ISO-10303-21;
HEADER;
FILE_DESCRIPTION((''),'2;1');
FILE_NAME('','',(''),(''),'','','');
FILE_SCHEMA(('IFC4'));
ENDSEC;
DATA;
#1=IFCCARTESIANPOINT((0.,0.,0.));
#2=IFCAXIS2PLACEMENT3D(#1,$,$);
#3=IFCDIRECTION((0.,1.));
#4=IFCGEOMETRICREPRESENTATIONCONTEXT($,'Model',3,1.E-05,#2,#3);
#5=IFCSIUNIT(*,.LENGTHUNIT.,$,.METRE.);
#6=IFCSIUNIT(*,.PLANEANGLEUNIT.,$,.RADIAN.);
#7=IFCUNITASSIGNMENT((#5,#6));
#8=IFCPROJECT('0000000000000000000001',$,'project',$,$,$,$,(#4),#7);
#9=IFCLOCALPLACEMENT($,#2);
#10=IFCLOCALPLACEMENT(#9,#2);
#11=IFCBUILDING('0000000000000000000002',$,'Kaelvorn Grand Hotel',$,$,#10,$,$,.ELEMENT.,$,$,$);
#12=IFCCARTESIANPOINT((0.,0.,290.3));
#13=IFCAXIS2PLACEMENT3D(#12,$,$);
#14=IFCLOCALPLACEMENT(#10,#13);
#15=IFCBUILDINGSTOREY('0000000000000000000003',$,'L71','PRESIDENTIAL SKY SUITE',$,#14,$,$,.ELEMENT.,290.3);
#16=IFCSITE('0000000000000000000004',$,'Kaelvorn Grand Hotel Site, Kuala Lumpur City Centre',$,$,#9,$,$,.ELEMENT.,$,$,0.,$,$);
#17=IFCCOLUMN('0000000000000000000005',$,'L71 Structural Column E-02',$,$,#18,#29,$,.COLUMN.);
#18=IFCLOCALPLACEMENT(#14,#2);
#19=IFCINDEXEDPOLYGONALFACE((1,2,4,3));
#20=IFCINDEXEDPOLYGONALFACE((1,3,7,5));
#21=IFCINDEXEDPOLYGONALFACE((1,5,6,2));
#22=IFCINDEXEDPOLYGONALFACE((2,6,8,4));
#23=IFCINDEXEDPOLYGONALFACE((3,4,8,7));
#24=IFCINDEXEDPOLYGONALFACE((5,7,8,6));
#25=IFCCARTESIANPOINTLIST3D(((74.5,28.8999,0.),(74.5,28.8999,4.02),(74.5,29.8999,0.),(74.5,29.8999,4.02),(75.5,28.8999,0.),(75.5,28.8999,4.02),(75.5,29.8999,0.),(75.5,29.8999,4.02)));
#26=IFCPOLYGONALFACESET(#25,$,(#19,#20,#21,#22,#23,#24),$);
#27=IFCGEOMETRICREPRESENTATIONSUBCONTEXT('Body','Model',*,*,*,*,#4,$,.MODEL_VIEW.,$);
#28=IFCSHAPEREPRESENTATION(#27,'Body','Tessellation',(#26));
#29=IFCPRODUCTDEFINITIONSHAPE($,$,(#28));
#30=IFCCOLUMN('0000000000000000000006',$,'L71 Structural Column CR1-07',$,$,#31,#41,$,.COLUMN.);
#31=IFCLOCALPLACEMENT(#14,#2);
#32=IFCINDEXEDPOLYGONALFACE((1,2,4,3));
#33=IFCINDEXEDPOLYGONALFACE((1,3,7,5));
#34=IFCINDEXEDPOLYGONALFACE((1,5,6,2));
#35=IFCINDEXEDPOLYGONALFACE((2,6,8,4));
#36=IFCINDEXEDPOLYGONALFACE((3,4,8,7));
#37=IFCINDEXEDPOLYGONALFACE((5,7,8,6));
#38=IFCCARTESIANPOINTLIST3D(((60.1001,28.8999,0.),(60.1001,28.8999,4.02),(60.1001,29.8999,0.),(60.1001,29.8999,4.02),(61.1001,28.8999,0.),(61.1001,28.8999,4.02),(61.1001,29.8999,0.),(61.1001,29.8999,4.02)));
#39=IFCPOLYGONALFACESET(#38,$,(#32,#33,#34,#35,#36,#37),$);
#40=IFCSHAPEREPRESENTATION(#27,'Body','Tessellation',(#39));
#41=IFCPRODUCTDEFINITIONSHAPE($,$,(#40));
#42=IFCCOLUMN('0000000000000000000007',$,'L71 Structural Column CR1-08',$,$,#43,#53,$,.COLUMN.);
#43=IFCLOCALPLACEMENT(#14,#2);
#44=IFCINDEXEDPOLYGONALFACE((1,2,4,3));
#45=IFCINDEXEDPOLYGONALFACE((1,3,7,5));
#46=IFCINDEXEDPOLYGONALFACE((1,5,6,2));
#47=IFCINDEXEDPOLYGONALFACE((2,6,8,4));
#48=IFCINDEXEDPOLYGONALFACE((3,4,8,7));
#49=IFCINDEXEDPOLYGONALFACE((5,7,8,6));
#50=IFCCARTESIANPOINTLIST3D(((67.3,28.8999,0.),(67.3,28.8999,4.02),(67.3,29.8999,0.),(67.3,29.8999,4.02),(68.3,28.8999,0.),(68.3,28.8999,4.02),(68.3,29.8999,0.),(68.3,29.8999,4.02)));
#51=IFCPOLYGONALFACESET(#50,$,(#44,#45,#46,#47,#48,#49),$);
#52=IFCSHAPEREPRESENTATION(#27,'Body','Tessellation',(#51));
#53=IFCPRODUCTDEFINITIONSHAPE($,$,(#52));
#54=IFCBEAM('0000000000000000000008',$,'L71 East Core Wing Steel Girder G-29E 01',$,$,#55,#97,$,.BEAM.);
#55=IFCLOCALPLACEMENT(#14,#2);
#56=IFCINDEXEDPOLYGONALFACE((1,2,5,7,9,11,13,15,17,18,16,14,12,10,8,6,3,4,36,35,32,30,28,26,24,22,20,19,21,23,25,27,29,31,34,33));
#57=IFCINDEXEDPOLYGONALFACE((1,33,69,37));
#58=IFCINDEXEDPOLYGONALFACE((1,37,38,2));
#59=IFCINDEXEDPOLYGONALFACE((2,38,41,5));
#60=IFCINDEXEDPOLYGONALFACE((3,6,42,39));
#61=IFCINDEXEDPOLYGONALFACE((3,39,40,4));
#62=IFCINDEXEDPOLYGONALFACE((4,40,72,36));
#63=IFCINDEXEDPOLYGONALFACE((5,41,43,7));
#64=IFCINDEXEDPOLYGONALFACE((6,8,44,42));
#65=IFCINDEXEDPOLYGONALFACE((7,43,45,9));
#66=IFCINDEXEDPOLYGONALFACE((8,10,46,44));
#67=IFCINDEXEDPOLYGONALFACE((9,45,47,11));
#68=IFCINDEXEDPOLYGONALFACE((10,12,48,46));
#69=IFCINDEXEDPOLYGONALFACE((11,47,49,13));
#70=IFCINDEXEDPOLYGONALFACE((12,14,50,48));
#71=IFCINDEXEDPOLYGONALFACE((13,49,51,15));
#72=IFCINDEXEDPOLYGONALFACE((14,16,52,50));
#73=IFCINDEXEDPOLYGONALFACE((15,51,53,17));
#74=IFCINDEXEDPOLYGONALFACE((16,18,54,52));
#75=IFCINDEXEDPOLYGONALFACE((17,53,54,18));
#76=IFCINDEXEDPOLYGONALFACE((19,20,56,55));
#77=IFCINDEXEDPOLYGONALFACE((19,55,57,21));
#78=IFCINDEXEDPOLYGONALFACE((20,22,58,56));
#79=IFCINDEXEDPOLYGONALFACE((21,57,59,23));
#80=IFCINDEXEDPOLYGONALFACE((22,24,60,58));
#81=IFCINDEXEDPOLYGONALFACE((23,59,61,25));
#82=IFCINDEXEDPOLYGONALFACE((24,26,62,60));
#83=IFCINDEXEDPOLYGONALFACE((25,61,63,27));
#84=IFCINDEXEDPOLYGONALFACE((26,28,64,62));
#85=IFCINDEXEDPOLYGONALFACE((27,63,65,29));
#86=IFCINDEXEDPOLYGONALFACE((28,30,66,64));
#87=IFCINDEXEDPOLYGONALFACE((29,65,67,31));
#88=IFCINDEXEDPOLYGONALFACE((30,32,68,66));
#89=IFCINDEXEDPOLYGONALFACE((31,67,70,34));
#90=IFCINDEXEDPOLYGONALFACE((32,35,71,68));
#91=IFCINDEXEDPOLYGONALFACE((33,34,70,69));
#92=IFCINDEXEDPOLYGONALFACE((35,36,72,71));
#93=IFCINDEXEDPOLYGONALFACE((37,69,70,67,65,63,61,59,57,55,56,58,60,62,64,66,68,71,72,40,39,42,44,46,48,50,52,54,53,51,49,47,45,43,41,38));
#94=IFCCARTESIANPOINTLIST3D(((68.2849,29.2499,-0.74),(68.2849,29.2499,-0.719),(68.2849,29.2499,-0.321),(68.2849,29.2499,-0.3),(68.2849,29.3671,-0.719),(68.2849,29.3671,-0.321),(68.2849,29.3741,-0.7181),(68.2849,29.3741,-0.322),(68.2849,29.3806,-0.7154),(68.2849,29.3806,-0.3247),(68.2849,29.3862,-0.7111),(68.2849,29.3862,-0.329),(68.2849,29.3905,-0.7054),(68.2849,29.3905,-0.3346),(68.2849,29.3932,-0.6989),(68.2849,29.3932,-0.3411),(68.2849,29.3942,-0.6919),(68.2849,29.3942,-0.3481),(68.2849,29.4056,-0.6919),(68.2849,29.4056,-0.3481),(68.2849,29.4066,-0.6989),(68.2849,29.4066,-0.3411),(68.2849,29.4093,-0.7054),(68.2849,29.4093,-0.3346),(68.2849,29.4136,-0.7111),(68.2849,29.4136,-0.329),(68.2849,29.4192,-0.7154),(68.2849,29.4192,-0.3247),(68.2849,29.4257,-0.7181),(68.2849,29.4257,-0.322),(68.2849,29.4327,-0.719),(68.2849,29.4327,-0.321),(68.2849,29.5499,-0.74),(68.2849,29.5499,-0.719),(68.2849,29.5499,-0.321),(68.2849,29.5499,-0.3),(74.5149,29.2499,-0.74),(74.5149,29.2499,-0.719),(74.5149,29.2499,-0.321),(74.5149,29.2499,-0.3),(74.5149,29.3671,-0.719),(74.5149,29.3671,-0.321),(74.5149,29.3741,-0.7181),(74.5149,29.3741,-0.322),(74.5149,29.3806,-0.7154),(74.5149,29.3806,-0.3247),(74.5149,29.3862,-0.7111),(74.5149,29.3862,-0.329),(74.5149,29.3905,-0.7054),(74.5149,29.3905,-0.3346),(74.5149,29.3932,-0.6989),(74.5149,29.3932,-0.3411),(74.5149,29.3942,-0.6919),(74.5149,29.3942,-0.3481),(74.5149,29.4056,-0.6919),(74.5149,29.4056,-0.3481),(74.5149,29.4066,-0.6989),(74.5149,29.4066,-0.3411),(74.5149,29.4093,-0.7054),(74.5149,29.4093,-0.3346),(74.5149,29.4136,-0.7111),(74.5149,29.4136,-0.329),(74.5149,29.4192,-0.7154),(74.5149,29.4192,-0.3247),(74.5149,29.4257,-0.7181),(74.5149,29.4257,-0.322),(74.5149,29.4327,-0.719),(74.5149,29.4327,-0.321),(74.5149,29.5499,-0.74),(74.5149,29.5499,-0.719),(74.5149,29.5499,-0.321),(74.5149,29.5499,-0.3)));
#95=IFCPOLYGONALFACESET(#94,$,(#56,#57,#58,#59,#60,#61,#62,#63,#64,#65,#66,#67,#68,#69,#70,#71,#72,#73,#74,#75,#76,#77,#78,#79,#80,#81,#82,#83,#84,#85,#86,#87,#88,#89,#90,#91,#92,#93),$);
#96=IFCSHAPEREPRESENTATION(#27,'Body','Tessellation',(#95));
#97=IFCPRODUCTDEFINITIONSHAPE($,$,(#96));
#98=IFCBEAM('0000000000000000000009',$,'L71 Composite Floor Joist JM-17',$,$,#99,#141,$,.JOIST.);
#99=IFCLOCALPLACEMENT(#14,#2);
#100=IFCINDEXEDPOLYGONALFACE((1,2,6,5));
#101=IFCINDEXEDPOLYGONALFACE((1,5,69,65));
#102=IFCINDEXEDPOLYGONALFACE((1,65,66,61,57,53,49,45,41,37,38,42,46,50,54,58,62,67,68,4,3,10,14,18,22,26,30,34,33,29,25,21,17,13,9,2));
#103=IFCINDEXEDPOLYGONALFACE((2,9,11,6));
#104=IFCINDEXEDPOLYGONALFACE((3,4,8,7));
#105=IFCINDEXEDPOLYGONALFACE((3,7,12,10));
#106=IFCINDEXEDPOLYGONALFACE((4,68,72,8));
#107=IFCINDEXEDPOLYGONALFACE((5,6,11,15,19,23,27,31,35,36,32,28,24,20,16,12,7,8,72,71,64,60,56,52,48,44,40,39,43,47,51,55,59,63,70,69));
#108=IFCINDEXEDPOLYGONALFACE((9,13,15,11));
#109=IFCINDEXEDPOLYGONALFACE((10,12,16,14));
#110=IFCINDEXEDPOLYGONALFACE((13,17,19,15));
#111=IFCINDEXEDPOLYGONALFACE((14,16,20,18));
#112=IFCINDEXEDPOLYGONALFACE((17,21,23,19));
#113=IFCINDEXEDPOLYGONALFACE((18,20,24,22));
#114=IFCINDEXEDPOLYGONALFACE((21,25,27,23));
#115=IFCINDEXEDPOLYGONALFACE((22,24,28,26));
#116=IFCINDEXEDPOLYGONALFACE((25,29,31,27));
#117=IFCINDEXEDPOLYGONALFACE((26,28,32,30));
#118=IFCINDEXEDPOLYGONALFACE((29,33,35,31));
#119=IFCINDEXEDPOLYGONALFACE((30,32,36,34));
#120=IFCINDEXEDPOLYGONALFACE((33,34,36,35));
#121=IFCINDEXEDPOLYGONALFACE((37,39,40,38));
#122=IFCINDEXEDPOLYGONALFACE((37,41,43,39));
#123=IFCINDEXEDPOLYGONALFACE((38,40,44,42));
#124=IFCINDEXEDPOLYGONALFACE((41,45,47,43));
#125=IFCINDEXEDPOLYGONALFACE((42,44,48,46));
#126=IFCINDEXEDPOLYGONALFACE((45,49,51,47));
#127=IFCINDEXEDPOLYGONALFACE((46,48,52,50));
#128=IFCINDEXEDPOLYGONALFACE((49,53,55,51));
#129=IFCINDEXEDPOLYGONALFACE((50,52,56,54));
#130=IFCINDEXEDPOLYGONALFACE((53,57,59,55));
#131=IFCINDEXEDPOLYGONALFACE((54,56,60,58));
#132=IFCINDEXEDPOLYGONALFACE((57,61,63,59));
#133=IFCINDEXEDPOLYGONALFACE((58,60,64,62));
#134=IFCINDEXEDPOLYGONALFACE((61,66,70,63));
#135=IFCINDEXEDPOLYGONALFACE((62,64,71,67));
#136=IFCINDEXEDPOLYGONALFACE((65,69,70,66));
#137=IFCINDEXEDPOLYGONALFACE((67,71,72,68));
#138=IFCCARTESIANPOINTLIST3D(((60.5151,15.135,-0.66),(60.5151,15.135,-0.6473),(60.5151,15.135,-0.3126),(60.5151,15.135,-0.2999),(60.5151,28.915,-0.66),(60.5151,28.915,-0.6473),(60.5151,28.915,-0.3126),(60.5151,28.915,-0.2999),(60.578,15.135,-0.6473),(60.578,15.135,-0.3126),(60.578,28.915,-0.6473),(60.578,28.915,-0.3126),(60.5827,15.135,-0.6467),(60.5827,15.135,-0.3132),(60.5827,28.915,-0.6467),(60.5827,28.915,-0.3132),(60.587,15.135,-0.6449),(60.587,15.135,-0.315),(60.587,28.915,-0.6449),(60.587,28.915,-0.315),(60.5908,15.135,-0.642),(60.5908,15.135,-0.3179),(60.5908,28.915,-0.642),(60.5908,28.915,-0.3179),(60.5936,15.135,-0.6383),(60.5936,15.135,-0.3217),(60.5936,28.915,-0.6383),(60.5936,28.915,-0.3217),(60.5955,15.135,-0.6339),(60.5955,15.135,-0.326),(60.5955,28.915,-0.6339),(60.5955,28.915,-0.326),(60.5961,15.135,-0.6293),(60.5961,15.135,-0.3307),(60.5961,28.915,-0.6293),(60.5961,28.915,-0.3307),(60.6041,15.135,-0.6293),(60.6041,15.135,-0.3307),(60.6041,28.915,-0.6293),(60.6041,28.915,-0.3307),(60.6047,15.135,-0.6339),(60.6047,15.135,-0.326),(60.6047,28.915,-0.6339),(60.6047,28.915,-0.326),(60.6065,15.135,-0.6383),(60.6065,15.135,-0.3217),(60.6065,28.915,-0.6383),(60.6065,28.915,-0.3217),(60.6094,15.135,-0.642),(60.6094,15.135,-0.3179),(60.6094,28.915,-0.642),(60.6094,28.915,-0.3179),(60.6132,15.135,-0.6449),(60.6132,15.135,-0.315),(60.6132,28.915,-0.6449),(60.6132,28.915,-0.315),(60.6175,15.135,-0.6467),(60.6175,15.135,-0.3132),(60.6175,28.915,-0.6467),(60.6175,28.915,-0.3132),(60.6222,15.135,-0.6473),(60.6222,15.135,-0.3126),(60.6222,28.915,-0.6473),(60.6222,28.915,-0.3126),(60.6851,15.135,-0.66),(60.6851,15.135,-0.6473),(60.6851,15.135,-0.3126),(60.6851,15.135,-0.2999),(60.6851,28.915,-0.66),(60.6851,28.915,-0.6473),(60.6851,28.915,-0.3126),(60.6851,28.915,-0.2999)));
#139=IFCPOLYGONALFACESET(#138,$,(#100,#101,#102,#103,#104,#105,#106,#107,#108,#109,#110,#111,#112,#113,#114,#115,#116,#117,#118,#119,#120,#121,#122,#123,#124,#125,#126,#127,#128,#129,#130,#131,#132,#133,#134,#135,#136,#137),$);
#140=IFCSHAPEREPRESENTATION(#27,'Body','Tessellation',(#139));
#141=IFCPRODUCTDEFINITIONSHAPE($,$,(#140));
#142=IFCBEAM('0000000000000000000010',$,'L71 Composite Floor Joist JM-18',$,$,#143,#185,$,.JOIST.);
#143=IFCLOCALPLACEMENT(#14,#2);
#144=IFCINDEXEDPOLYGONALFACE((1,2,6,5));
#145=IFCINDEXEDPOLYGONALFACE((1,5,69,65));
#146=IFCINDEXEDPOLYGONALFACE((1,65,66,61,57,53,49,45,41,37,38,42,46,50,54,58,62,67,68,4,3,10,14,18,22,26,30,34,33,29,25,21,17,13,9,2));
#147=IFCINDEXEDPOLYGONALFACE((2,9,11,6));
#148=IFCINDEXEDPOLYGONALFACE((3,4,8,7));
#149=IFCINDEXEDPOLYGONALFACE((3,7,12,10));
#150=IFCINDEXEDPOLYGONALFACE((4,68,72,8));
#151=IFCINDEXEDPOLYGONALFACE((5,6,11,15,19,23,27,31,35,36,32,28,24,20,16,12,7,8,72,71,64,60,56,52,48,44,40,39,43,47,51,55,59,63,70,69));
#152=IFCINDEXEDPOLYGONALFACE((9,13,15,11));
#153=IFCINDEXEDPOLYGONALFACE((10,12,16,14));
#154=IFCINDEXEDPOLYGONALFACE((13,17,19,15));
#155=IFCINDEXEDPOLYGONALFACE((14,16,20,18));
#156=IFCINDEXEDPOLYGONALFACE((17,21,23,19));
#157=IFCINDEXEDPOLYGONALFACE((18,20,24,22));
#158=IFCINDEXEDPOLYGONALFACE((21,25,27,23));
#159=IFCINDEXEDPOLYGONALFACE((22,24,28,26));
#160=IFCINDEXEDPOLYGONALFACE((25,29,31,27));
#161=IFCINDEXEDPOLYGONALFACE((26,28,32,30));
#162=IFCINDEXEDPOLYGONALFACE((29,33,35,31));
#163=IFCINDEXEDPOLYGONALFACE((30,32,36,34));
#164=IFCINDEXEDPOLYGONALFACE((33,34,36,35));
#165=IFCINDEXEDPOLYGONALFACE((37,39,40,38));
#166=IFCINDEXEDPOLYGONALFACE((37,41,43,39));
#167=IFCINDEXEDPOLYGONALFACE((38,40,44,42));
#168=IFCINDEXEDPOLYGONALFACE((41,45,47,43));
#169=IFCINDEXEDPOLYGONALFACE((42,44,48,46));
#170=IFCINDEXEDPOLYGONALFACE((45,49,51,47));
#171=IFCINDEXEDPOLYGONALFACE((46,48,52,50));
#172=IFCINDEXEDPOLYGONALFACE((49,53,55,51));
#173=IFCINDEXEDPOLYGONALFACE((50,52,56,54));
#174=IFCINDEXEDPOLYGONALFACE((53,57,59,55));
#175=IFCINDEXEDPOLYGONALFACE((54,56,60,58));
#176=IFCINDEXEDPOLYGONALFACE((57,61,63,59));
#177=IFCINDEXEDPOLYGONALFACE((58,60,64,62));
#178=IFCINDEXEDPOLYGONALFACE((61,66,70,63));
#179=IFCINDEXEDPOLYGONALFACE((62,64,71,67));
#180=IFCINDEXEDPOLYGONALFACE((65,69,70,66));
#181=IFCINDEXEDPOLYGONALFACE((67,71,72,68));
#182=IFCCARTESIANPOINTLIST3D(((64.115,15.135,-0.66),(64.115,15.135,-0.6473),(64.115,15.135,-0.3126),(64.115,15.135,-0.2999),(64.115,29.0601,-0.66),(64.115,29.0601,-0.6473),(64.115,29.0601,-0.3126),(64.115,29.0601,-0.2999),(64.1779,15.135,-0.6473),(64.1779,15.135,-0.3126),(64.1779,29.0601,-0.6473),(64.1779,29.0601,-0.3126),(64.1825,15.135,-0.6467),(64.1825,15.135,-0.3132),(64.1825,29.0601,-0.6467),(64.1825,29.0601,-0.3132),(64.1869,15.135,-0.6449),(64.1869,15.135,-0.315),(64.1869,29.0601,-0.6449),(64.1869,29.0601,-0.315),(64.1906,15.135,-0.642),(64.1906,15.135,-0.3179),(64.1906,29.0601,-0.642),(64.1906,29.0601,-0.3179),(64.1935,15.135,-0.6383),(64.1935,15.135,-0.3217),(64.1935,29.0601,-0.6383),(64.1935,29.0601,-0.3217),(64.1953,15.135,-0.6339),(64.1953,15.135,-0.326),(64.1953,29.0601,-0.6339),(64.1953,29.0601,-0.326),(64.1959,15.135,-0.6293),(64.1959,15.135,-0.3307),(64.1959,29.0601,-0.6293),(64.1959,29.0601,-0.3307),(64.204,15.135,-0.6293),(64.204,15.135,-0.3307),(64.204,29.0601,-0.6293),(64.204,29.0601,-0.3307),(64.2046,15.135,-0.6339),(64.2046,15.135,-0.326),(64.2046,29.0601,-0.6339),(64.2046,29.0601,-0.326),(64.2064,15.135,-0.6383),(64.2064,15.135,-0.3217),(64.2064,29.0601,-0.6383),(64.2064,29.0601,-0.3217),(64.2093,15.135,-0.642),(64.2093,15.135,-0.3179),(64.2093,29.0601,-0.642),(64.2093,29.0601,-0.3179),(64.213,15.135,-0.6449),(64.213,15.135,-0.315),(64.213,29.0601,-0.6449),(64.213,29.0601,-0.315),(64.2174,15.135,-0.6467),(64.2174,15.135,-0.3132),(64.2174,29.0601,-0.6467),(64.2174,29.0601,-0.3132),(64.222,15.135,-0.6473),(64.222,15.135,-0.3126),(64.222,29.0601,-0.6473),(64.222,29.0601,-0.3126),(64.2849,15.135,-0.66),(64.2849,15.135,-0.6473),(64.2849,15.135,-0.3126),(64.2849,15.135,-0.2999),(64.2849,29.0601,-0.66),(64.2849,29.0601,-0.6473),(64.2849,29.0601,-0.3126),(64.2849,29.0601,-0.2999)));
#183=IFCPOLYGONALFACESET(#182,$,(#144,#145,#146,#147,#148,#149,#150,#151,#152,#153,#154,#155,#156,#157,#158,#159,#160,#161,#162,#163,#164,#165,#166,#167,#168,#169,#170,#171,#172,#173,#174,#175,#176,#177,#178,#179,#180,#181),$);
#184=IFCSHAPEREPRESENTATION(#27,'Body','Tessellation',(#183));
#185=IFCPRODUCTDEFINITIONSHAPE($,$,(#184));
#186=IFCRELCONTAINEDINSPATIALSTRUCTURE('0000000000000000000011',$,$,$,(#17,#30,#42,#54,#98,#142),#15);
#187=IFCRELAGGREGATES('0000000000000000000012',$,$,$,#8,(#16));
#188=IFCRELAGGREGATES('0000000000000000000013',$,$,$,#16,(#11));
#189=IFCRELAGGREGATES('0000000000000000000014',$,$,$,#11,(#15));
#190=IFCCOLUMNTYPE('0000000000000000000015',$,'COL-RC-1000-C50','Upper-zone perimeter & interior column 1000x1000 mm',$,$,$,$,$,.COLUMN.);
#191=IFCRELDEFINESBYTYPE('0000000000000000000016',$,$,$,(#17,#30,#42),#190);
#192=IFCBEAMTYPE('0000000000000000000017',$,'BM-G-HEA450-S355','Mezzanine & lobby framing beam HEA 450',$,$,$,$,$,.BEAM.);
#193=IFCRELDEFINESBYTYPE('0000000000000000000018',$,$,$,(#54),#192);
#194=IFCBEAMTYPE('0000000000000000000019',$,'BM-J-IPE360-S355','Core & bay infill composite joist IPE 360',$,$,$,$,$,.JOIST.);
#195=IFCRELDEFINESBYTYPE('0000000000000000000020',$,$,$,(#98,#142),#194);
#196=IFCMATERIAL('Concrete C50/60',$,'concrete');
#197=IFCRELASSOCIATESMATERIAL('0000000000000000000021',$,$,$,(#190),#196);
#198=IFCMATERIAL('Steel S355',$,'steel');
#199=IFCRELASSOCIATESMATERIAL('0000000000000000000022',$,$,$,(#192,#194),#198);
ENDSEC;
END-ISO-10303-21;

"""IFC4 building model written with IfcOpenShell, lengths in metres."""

from ifc_helpers import new_model, si_unit, direction, frame, origin, origin_2d, place, context, subcontext, project, spatial, rectangle, i_section, extrude, material, material_profile, profile_set, type_object, element, save


model = new_model("IFC4")

# Units and contexts
model_context = context("Model", 3, precision=1e-05, world=origin(), true_north=direction((0.0, 1.0)))
body_context = subcontext(model_context, "Body", "Model", "MODEL_VIEW")
ifc_project = project(units=[si_unit("LENGTHUNIT", "METRE"), si_unit("PLANEANGLEUNIT", "RADIAN")], contexts=[model_context])

# Site, building, storey
site_placement = place(None, origin())
site = spatial("IfcSite", under=ifc_project, at=site_placement, Name="Kaelvorn Grand Hotel Site, Kuala Lumpur City Centre", CompositionType="ELEMENT", RefElevation=0.0)
building_placement = place(site_placement, origin())
building = spatial("IfcBuilding", under=site, at=building_placement, Name="Kaelvorn Grand Hotel", CompositionType="ELEMENT")
storey_placement = place(building_placement, frame((0.0, 0.0, 290.3)))
storey = spatial("IfcBuildingStorey", under=building, at=storey_placement, Name="L71", Description="PRESIDENTIAL SKY SUITE", CompositionType="ELEMENT", Elevation=290.3)

# Columns
ifc_material_1 = material(Name="Concrete C50/60", Category="concrete")
ifc_material_profile_1 = material_profile(ifc_material_1, rectangle(XDim=1.0, YDim=1.0, at=origin_2d()), Name="RC COL 1000x1000")
ifc_profile_set_1 = profile_set([ifc_material_profile_1], Name="Concrete C50/60")
column_type = type_object("IfcColumnType", Name="COL-RC-1000-C50", Description="Upper-zone perimeter & interior column 1000x1000 mm", PredefinedType="COLUMN", material=ifc_profile_set_1)
for number, where, z_axis, x_axis, name in (
    (1, (75.0, 29.3999, 0.0), (0.0, 0.0, 1.0), (1.0, 0.0, 0.0), "L71 Structural Column E-02"),
    (2, (60.6001, 29.3999, 0.0), (0.0, 0.0, 1.0), (1.0, 0.0, 0.0), "L71 Structural Column CR1-07"),
    (3, (67.8, 29.3999, 0.0), (0.0, 0.0, 1.0), (1.0, 0.0, 0.0), "L71 Structural Column CR1-08"),
):
    element("IfcColumn", number, at=place(storey_placement, frame(where, z_axis=z_axis, x_axis=x_axis)), inside=storey, type_object=column_type, Name=name, PredefinedType="COLUMN", context=body_context, shape_type="SweptSolid", body=[
        extrude(rectangle(XDim=1.0, YDim=1.0, at=origin_2d()), origin(), (0.0, 0.0, 1.0), 4.02),
    ])

# Beams
ifc_material_2 = material(Name="Steel S355", Category="steel")
ifc_material_profile_2 = material_profile(ifc_material_2, i_section(OverallWidth=0.3, OverallDepth=0.4399, WebThickness=0.0115, FlangeThickness=0.021, FilletRadius=0.0271, at=origin_2d()), Name="HEA 450")
ifc_profile_set_2 = profile_set([ifc_material_profile_2], Name="Steel S355")
beam_type_1 = type_object("IfcBeamType", Name="BM-G-HEA450-S355", Description="Mezzanine & lobby framing beam HEA 450", PredefinedType="BEAM", material=ifc_profile_set_2)
beam_1_placement = place(storey_placement, frame((68.2849, 29.3999, -0.52), z_axis=(1.0, 0.0, 0.0), x_axis=(0.0, 1.0, 0.0)))
element("IfcBeam", 4, at=beam_1_placement, inside=storey, type_object=beam_type_1, Name="L71 East Core Wing Steel Girder G-29E 01", PredefinedType="BEAM", context=body_context, shape_type="SweptSolid", body=[
    extrude(i_section(OverallWidth=0.3, OverallDepth=0.4399, WebThickness=0.0115, FlangeThickness=0.021, FilletRadius=0.0271, at=origin_2d()), origin(), (0.0, 0.0, 1.0), 6.23),
])
ifc_material_profile_3 = material_profile(ifc_material_2, i_section(OverallWidth=0.1699, OverallDepth=0.3601, WebThickness=0.0081, FlangeThickness=0.0127, FilletRadius=0.0181, at=origin_2d()), Name="IPE 360")
ifc_profile_set_3 = profile_set([ifc_material_profile_3], Name="Steel S355")
beam_type_2 = type_object("IfcBeamType", Name="BM-J-IPE360-S355", Description="Core & bay infill composite joist IPE 360", PredefinedType="JOIST", material=ifc_profile_set_3)
beam_2_placement = place(storey_placement, frame((60.6001, 15.135, -0.48), z_axis=(0.0, 1.0, 0.0), x_axis=(-1.0, 0.0, 0.0)))
element("IfcBeam", 5, at=beam_2_placement, inside=storey, type_object=beam_type_2, Name="L71 Composite Floor Joist JM-17", PredefinedType="JOIST", context=body_context, shape_type="SweptSolid", body=[
    extrude(i_section(OverallWidth=0.1699, OverallDepth=0.3601, WebThickness=0.0081, FlangeThickness=0.0127, FilletRadius=0.0181, at=origin_2d()), origin(), (0.0, 0.0, 1.0), 13.78),
])
beam_3_placement = place(storey_placement, frame((64.2, 15.135, -0.48), z_axis=(0.0, 1.0, 0.0), x_axis=(-1.0, 0.0, 0.0)))
element("IfcBeam", 6, at=beam_3_placement, inside=storey, type_object=beam_type_2, Name="L71 Composite Floor Joist JM-18", PredefinedType="JOIST", context=body_context, shape_type="SweptSolid", body=[
    extrude(i_section(OverallWidth=0.1699, OverallDepth=0.3601, WebThickness=0.0081, FlangeThickness=0.0127, FilletRadius=0.0181, at=origin_2d()), origin(), (0.0, 0.0, 1.0), 13.925),
])

save(model, "model.ifc")
